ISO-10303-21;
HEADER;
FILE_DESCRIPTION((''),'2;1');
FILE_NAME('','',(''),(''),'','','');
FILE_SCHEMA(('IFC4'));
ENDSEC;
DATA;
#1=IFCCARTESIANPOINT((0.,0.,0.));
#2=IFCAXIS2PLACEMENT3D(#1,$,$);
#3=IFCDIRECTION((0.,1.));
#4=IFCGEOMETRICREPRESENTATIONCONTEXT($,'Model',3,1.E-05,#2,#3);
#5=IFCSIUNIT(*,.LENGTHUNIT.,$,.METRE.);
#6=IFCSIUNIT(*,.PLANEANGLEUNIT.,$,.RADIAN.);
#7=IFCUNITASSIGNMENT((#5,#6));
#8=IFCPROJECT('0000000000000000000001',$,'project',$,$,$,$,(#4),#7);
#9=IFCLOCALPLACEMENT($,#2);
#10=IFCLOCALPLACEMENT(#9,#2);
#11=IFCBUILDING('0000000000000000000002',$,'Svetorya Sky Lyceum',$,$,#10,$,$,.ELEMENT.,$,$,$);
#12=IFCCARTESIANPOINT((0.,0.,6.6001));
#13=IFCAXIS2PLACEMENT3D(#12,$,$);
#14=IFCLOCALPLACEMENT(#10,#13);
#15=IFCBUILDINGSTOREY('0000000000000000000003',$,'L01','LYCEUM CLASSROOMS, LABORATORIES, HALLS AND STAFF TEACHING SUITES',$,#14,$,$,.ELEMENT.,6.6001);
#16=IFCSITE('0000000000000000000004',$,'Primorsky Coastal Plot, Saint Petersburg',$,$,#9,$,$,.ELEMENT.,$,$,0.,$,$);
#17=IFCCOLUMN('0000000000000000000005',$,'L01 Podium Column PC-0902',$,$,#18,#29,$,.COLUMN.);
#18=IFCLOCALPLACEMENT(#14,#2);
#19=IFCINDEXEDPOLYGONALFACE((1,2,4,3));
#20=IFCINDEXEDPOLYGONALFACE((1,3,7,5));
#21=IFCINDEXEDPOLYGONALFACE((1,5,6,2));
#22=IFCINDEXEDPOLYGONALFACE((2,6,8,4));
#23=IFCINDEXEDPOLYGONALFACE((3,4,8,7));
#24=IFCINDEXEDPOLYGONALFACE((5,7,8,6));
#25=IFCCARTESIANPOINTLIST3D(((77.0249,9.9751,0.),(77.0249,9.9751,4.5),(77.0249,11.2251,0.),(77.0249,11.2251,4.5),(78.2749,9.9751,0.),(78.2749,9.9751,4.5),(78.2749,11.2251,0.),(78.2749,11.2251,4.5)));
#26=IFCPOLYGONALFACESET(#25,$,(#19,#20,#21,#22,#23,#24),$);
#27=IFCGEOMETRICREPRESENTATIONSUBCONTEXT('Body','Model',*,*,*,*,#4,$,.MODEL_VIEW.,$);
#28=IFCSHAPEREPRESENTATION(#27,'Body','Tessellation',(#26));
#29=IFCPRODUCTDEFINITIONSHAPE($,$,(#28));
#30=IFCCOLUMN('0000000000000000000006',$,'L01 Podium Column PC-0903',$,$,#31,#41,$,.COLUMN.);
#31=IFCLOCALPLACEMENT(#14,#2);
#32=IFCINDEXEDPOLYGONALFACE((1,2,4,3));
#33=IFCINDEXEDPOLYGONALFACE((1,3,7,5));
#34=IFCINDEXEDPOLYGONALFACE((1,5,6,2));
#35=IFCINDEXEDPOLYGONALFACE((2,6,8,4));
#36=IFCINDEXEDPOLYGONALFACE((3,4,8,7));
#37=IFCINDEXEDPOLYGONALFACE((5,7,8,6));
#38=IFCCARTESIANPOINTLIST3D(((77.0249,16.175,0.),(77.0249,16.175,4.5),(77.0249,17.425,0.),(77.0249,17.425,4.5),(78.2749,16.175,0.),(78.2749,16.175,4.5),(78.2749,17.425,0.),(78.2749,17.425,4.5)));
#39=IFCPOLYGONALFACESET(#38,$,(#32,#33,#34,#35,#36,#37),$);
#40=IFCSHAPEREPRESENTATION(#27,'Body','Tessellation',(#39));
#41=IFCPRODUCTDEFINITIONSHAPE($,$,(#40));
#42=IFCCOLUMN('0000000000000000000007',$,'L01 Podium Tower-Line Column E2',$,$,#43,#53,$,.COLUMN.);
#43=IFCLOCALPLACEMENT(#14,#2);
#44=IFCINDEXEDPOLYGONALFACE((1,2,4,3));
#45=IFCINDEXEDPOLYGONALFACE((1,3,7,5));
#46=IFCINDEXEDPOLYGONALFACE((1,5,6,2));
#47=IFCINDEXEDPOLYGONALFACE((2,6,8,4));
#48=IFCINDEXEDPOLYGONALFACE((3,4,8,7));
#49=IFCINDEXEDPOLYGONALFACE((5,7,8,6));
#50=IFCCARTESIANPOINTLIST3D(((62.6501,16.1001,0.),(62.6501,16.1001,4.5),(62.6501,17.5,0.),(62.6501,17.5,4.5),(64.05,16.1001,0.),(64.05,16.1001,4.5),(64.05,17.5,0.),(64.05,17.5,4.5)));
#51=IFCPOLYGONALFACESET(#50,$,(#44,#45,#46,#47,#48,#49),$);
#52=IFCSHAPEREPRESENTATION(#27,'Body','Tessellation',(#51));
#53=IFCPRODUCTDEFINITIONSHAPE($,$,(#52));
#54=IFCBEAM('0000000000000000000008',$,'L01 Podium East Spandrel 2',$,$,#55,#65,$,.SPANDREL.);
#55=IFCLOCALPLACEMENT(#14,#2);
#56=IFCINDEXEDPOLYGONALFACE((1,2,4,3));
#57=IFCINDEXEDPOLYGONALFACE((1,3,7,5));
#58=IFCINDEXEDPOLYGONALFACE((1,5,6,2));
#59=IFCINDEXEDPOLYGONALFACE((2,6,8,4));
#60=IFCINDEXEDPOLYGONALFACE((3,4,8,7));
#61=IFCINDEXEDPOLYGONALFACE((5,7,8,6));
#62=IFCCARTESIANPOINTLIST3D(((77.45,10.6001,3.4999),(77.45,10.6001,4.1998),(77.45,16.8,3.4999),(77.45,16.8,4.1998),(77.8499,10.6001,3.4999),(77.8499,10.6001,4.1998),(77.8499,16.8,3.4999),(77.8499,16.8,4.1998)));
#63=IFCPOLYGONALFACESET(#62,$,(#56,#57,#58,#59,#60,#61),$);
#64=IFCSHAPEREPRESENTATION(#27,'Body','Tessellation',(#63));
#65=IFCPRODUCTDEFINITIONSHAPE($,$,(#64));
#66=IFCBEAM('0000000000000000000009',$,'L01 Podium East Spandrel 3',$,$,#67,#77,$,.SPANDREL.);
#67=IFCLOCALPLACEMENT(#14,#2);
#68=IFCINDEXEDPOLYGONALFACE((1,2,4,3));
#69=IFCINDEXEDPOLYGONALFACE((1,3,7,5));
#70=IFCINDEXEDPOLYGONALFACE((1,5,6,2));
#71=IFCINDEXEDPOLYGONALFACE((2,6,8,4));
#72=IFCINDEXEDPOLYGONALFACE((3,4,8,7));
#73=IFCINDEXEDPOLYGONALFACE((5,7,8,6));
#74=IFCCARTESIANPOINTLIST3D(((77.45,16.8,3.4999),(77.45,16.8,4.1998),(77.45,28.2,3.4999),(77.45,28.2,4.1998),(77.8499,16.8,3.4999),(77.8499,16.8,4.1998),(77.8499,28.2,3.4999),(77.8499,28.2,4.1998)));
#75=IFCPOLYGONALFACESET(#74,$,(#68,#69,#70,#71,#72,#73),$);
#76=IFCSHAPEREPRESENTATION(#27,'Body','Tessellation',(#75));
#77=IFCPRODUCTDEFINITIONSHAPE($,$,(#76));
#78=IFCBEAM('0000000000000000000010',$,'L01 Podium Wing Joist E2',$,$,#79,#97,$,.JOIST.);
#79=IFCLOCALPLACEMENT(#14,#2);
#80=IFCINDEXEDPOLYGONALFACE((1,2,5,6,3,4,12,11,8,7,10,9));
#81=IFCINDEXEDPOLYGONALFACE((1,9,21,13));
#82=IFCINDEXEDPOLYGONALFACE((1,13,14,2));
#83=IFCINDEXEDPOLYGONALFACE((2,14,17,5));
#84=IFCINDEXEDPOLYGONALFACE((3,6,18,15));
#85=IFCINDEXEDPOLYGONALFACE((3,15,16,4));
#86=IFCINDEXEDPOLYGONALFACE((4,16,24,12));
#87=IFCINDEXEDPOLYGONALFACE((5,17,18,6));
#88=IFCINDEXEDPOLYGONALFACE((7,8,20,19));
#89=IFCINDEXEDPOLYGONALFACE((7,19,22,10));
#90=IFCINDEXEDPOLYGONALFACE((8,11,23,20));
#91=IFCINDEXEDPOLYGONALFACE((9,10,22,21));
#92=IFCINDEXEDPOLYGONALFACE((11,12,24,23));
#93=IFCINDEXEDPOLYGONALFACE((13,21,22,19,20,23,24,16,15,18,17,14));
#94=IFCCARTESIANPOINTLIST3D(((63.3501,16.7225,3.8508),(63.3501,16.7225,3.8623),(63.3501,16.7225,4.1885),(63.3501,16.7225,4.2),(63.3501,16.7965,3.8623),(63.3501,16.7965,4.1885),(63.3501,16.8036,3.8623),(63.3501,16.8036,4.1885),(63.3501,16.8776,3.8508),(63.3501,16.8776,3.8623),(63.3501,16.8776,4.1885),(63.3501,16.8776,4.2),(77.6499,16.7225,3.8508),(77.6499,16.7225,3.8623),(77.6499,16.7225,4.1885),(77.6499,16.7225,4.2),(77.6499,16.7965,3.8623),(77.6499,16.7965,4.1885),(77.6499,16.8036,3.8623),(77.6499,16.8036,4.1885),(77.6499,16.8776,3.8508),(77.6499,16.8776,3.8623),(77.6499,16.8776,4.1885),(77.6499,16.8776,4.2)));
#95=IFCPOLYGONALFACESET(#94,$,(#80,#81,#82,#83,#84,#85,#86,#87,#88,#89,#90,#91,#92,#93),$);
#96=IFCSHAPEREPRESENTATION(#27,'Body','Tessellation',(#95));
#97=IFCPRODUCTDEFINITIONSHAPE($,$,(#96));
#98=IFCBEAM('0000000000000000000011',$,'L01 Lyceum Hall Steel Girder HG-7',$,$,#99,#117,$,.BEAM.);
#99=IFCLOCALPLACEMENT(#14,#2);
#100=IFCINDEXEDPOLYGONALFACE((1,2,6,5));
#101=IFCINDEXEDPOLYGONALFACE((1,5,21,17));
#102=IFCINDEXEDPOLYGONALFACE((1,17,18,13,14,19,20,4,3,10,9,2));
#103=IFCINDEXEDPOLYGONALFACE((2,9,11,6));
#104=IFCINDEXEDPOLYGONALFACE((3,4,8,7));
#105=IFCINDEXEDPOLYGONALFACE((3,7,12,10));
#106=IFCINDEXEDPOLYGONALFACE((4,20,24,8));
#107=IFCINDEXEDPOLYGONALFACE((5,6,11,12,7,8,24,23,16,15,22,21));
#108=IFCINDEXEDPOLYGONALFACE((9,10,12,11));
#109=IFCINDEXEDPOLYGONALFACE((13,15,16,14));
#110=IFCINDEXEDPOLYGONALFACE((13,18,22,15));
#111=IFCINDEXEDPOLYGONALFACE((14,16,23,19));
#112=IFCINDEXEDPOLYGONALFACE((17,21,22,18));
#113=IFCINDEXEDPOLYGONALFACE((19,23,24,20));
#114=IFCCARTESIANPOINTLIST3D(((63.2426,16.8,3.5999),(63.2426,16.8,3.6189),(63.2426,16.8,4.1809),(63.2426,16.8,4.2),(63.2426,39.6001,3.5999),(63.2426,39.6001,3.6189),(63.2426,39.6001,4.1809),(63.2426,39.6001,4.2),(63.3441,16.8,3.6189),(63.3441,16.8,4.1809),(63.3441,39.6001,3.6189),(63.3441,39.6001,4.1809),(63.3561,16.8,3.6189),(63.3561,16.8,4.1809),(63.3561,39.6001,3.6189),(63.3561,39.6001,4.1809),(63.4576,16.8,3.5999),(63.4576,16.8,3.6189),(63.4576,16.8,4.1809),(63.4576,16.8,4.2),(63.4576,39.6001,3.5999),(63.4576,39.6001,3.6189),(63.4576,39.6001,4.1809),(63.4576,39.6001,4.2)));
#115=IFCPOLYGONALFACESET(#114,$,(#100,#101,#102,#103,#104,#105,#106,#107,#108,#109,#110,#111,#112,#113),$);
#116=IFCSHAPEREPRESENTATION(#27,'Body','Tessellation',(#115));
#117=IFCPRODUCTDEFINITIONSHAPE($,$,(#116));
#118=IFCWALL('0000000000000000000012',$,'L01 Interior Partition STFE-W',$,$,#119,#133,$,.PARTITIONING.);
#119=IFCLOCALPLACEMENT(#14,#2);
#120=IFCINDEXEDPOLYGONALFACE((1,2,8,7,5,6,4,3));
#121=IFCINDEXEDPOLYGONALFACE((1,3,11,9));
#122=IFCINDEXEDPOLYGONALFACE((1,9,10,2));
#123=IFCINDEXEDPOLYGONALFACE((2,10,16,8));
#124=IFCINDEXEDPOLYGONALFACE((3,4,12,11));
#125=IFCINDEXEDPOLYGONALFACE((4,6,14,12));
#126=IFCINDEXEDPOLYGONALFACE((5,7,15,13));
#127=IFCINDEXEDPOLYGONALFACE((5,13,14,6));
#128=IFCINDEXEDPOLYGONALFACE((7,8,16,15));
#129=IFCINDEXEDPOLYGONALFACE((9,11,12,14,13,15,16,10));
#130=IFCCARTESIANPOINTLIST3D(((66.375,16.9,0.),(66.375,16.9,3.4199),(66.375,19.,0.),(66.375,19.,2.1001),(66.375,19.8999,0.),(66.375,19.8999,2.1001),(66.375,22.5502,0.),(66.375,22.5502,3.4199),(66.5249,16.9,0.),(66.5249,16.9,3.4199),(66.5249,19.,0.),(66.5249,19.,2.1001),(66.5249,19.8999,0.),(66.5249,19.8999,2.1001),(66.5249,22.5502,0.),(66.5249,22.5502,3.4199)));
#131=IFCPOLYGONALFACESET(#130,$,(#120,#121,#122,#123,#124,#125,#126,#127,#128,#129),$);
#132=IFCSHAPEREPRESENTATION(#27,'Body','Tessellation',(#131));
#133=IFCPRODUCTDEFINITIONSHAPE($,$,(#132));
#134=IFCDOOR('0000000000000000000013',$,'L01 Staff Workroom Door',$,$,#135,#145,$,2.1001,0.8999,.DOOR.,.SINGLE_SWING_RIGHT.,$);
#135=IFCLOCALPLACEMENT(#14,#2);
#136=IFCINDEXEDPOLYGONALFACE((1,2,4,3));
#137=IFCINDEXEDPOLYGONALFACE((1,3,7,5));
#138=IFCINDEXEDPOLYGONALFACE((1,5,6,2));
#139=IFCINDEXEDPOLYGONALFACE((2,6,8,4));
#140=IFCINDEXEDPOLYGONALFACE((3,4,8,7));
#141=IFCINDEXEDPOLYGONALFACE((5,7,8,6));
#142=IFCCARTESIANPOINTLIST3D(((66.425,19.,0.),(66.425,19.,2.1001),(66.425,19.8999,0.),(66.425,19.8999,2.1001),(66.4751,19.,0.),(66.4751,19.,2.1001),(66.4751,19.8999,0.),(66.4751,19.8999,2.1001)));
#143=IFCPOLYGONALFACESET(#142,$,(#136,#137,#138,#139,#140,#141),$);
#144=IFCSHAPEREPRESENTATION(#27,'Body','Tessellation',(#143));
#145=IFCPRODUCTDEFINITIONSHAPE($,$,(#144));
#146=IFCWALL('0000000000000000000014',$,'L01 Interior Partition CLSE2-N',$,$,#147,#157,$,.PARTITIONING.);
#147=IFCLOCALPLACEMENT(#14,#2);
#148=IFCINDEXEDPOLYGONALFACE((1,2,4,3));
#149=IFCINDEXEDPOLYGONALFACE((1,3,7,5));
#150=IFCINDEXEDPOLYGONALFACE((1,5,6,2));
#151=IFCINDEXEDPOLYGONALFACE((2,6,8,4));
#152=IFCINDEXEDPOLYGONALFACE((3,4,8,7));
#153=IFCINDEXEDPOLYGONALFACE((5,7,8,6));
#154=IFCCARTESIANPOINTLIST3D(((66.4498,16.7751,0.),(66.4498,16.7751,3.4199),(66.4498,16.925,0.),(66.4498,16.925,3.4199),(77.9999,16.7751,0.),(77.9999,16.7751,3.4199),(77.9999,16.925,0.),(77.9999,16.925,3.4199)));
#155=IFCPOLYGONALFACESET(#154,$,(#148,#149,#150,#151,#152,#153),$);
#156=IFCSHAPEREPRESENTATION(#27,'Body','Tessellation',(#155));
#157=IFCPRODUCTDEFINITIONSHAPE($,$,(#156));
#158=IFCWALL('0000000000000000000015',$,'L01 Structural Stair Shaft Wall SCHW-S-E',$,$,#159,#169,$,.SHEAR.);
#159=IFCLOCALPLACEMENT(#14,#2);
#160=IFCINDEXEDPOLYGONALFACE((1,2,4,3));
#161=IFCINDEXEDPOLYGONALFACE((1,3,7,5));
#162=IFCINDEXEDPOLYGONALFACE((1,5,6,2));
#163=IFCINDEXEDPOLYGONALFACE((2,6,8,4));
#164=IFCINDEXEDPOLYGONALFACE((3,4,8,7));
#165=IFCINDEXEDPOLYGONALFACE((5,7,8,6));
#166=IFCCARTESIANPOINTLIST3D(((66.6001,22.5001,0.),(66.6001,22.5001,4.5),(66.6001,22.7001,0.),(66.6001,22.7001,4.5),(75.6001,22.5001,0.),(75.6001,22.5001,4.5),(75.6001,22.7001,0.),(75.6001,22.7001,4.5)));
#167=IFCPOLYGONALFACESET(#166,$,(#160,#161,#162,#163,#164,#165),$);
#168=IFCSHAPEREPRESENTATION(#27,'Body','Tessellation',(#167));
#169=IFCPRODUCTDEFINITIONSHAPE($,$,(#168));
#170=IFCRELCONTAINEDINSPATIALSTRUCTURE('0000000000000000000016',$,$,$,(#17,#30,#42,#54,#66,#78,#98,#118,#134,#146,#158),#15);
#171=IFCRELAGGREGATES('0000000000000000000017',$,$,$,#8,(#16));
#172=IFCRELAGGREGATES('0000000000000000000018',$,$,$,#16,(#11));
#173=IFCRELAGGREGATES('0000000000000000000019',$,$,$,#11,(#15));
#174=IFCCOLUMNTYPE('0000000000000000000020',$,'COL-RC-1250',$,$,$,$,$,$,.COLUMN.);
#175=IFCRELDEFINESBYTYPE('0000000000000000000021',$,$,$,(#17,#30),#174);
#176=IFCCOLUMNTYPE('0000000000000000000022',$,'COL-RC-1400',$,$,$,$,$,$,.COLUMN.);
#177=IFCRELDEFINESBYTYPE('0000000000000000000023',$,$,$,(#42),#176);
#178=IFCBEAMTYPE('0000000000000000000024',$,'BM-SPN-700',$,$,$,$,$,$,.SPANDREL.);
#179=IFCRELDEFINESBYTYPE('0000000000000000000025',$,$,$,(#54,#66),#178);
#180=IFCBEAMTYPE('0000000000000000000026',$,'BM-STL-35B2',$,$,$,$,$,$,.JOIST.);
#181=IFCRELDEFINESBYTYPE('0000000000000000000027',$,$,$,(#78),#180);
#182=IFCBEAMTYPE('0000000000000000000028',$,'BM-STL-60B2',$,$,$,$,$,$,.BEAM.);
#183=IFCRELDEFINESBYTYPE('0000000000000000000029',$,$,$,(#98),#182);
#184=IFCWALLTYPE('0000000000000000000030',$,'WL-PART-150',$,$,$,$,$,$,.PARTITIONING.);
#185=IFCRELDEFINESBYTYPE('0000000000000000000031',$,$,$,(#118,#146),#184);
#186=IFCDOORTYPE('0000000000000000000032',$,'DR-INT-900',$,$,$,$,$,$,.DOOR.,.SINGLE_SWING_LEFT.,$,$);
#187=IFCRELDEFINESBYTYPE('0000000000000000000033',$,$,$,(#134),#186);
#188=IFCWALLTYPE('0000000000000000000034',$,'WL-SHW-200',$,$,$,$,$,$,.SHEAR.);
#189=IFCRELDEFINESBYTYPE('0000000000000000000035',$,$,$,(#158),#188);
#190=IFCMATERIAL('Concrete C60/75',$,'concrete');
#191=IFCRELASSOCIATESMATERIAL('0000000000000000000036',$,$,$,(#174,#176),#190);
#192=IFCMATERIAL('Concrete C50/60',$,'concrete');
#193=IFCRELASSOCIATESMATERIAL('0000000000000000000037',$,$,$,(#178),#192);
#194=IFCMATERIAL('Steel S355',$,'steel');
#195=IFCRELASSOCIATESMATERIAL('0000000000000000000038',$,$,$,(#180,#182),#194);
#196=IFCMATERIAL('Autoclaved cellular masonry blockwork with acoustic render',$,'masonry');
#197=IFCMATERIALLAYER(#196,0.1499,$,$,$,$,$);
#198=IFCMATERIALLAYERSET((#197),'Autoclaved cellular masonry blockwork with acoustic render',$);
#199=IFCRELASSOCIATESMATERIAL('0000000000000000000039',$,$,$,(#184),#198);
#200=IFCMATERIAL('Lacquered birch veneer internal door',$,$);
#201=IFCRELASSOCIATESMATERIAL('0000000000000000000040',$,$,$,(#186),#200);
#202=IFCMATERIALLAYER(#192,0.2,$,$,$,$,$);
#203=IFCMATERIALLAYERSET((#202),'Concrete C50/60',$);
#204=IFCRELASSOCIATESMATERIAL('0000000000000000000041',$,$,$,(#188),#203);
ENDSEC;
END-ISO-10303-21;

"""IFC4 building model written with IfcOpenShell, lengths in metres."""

from ifc_helpers import new_model, si_unit, direction, frame, frame_2d, origin, origin_2d, place, context, subcontext, project, spatial, rectangle, i_section, extrude, material, layer, layer_set, material_profile, profile_set, type_object, element, fill, save


model = new_model("IFC4")

# Units and contexts
model_context = context("Model", 3, precision=1e-05, world=origin(), true_north=direction((0.0, 1.0)))
body_context = subcontext(model_context, "Body", "Model", "MODEL_VIEW")
ifc_project = project(units=[si_unit("LENGTHUNIT", "METRE"), si_unit("PLANEANGLEUNIT", "RADIAN")], contexts=[model_context])

# Site, building, storey
site_placement = place(None, origin())
site = spatial("IfcSite", under=ifc_project, at=site_placement, Name="Primorsky Coastal Plot, Saint Petersburg", CompositionType="ELEMENT", RefElevation=0.0)
building_placement = place(site_placement, origin())
building = spatial("IfcBuilding", under=site, at=building_placement, Name="Svetorya Sky Lyceum", CompositionType="ELEMENT")
storey_placement = place(building_placement, frame((0.0, 0.0, 6.6001)))
storey = spatial("IfcBuildingStorey", under=building, at=storey_placement, Name="L01", Description="LYCEUM CLASSROOMS, LABORATORIES, HALLS AND STAFF TEACHING SUITES", CompositionType="ELEMENT", Elevation=6.6001)

# Columns
ifc_material_1 = material(Name="Concrete C60/75", Category="concrete")
ifc_material_profile_1 = material_profile(ifc_material_1, rectangle(XDim=1.25, YDim=1.25, at=origin_2d()), Name="RC COL 1250x1250")
ifc_profile_set_1 = profile_set([ifc_material_profile_1], Name="Concrete C60/75")
column_type_1 = type_object("IfcColumnType", Name="COL-RC-1250", PredefinedType="COLUMN", material=ifc_profile_set_1)
for number, where, z_axis, x_axis, name in (
    (1, (77.6499, 10.6001, 0.0), (0.0, 0.0, 1.0), (1.0, 0.0, 0.0), "L01 Podium Column PC-0902"),
    (2, (77.6499, 16.8, 0.0), (0.0, 0.0, 1.0), (1.0, 0.0, 0.0), "L01 Podium Column PC-0903"),
):
    element("IfcColumn", number, at=place(storey_placement, frame(where, z_axis=z_axis, x_axis=x_axis)), inside=storey, type_object=column_type_1, Name=name, PredefinedType="COLUMN", context=body_context, shape_type="SweptSolid", body=[
        extrude(rectangle(XDim=1.25, YDim=1.25, at=origin_2d()), origin(), (0.0, 0.0, 1.0), 4.5),
    ])
ifc_material_profile_2 = material_profile(ifc_material_1, rectangle(XDim=1.3999, YDim=1.3999, at=origin_2d()), Name="RC COL 1400x1400")
ifc_profile_set_2 = profile_set([ifc_material_profile_2], Name="Concrete C60/75")
column_type_2 = type_object("IfcColumnType", Name="COL-RC-1400", PredefinedType="COLUMN", material=ifc_profile_set_2)
column_placement = place(storey_placement, frame((63.3501, 16.8, 0.0), z_axis=(0.0, 0.0, 1.0), x_axis=(1.0, 0.0, 0.0)))
element("IfcColumn", 3, at=column_placement, inside=storey, type_object=column_type_2, Name="L01 Podium Tower-Line Column E2", PredefinedType="COLUMN", context=body_context, shape_type="SweptSolid", body=[
    extrude(rectangle(XDim=1.3999, YDim=1.3999, at=origin_2d()), origin(), (0.0, 0.0, 1.0), 4.5),
])

# Beams
ifc_material_2 = material(Name="Concrete C50/60", Category="concrete")
ifc_material_profile_3 = material_profile(ifc_material_2, rectangle(XDim=0.3999, YDim=0.7, at=origin_2d()), Name="RC SPANDREL 400x700")
ifc_profile_set_3 = profile_set([ifc_material_profile_3], Name="Concrete C50/60")
beam_type_1 = type_object("IfcBeamType", Name="BM-SPN-700", PredefinedType="SPANDREL", material=ifc_profile_set_3)
beam_1_placement = place(storey_placement, frame((77.6499, 10.6001, 3.8499), z_axis=(0.0, 1.0, 0.0), x_axis=(-1.0, 0.0, 0.0)))
element("IfcBeam", 4, at=beam_1_placement, inside=storey, type_object=beam_type_1, Name="L01 Podium East Spandrel 2", PredefinedType="SPANDREL", context=body_context, shape_type="SweptSolid", body=[
    extrude(rectangle(XDim=0.3999, YDim=0.7, at=origin_2d()), origin(), (0.0, 0.0, 1.0), 6.2),
])
beam_2_placement = place(storey_placement, frame((77.6499, 16.8, 3.8499), z_axis=(0.0, 1.0, 0.0), x_axis=(-1.0, 0.0, 0.0)))
element("IfcBeam", 5, at=beam_2_placement, inside=storey, type_object=beam_type_1, Name="L01 Podium East Spandrel 3", PredefinedType="SPANDREL", context=body_context, shape_type="SweptSolid", body=[
    extrude(rectangle(XDim=0.3999, YDim=0.7, at=origin_2d()), origin(), (0.0, 0.0, 1.0), 11.3999),
])
ifc_material_3 = material(Name="Steel S355", Category="steel")
ifc_material_profile_4 = material_profile(ifc_material_3, i_section(OverallWidth=0.155, OverallDepth=0.3491, WebThickness=0.0071, FlangeThickness=0.0115, at=origin_2d()), Name="GOST 35B2")
ifc_profile_set_4 = profile_set([ifc_material_profile_4], Name="Steel S355")
beam_type_2 = type_object("IfcBeamType", Name="BM-STL-35B2", PredefinedType="JOIST", material=ifc_profile_set_4)
beam_3_placement = place(storey_placement, frame((63.3501, 16.8, 4.0254), z_axis=(1.0, 0.0, 0.0), x_axis=(0.0, 1.0, 0.0)))
element("IfcBeam", 6, at=beam_3_placement, inside=storey, type_object=beam_type_2, Name="L01 Podium Wing Joist E2", PredefinedType="JOIST", context=body_context, shape_type="SweptSolid", body=[
    extrude(i_section(OverallWidth=0.155, OverallDepth=0.3491, WebThickness=0.0071, FlangeThickness=0.0115, at=origin_2d()), origin(), (0.0, 0.0, 1.0), 14.2998),
])
ifc_material_profile_5 = material_profile(ifc_material_3, i_section(OverallWidth=0.2151, OverallDepth=0.6001, WebThickness=0.012, FlangeThickness=0.019, at=origin_2d()), Name="GOST 60B2")
ifc_profile_set_5 = profile_set([ifc_material_profile_5], Name="Steel S355")
beam_type_3 = type_object("IfcBeamType", Name="BM-STL-60B2", PredefinedType="BEAM", material=ifc_profile_set_5)
beam_4_placement = place(storey_placement, frame((63.3501, 16.8, 3.8999), z_axis=(0.0, 1.0, 0.0), x_axis=(-1.0, 0.0, 0.0)))
element("IfcBeam", 7, at=beam_4_placement, inside=storey, type_object=beam_type_3, Name="L01 Lyceum Hall Steel Girder HG-7", PredefinedType="BEAM", context=body_context, shape_type="SweptSolid", body=[
    extrude(i_section(OverallWidth=0.2151, OverallDepth=0.6001, WebThickness=0.012, FlangeThickness=0.019, at=origin_2d()), origin(), (0.0, 0.0, 1.0), 22.8),
])

# Wall, opening, door
ifc_material_4 = material(Name="Autoclaved cellular masonry blockwork with acoustic render", Category="masonry")
ifc_layer_1 = layer(ifc_material_4, 0.1499)
ifc_layer_set_1 = layer_set([ifc_layer_1], Name="Autoclaved cellular masonry blockwork with acoustic render")
wall_type_1 = type_object("IfcWallType", Name="WL-PART-150", PredefinedType="PARTITIONING", material=ifc_layer_set_1)
wall_1_placement = place(storey_placement, frame((66.45, 16.8999, 0.0), z_axis=(0.0, 0.0, 1.0), x_axis=(0.0, 1.0, 0.0)))
wall_1 = element("IfcWall", 8, at=wall_1_placement, inside=storey, type_object=wall_type_1, Name="L01 Interior Partition STFE-W", PredefinedType="PARTITIONING", context=body_context, shape_type="SweptSolid", body=[
    extrude(rectangle(XDim=5.6501, YDim=0.1499, at=frame_2d((2.8252, 0.0))), origin(), (0.0, 0.0, 1.0), 3.4199),
])
opening_placement = place(wall_1_placement, frame((2.1001, 0.0, 0.0)))
opening = element("IfcOpeningElement", 9, at=opening_placement, cuts=wall_1, PredefinedType="OPENING", context=body_context, shape_type="SweptSolid", body=[
    extrude(rectangle(XDim=0.8999, YDim=2.1001, at=frame_2d((0.45, 1.05))), frame((0.0, 0.085, 0.0), z_axis=(0.0, -1.0, 0.0), x_axis=(1.0, 0.0, 0.0)), (0.0, 0.0, 1.0), 0.1699),
])
ifc_material_5 = material(Name="Lacquered birch veneer internal door")
door_type = type_object("IfcDoorType", Name="DR-INT-900", OperationType="SINGLE_SWING_LEFT", PredefinedType="DOOR", material=ifc_material_5)
door_placement = place(opening_placement, origin())
door = element("IfcDoor", 10, at=door_placement, inside=storey, type_object=door_type, Name="L01 Staff Workroom Door", OperationType="SINGLE_SWING_RIGHT", OverallHeight=2.1001, OverallWidth=0.8999, PredefinedType="DOOR", context=body_context, shape_type="SweptSolid", body=[
    extrude(rectangle(XDim=0.8999, YDim=2.1001, at=frame_2d((0.45, 1.05))), frame((0.0, 0.0249, 0.0), z_axis=(0.0, -1.0, 0.0), x_axis=(1.0, 0.0, 0.0)), (0.0, 0.0, 1.0), 0.05),
])
fill(opening, door)

# Walls
wall_2_placement = place(storey_placement, frame((66.45, 16.8501, 0.0), z_axis=(0.0, 0.0, 1.0), x_axis=(1.0, 0.0, 0.0)))
element("IfcWall", 11, at=wall_2_placement, inside=storey, type_object=wall_type_1, Name="L01 Interior Partition CLSE2-N", PredefinedType="PARTITIONING", context=body_context, shape_type="SweptSolid", body=[
    extrude(rectangle(XDim=11.55, YDim=0.1499, at=frame_2d((5.7749, 0.0))), origin(), (0.0, 0.0, 1.0), 3.4199),
])
ifc_layer_2 = layer(ifc_material_2, 0.2)
ifc_layer_set_2 = layer_set([ifc_layer_2], Name="Concrete C50/60")
wall_type_2 = type_object("IfcWallType", Name="WL-SHW-200", PredefinedType="SHEAR", material=ifc_layer_set_2)
wall_3_placement = place(storey_placement, frame((66.6001, 22.6001, 0.0), z_axis=(0.0, 0.0, 1.0), x_axis=(1.0, 0.0, 0.0)))
element("IfcWall", 12, at=wall_3_placement, inside=storey, type_object=wall_type_2, Name="L01 Structural Stair Shaft Wall SCHW-S-E", PredefinedType="SHEAR", context=body_context, shape_type="SweptSolid", body=[
    extrude(rectangle(XDim=9.0, YDim=0.2, at=frame_2d((4.5, 0.0))), origin(), (0.0, 0.0, 1.0), 4.5),
])

save(model, "model.ifc")
